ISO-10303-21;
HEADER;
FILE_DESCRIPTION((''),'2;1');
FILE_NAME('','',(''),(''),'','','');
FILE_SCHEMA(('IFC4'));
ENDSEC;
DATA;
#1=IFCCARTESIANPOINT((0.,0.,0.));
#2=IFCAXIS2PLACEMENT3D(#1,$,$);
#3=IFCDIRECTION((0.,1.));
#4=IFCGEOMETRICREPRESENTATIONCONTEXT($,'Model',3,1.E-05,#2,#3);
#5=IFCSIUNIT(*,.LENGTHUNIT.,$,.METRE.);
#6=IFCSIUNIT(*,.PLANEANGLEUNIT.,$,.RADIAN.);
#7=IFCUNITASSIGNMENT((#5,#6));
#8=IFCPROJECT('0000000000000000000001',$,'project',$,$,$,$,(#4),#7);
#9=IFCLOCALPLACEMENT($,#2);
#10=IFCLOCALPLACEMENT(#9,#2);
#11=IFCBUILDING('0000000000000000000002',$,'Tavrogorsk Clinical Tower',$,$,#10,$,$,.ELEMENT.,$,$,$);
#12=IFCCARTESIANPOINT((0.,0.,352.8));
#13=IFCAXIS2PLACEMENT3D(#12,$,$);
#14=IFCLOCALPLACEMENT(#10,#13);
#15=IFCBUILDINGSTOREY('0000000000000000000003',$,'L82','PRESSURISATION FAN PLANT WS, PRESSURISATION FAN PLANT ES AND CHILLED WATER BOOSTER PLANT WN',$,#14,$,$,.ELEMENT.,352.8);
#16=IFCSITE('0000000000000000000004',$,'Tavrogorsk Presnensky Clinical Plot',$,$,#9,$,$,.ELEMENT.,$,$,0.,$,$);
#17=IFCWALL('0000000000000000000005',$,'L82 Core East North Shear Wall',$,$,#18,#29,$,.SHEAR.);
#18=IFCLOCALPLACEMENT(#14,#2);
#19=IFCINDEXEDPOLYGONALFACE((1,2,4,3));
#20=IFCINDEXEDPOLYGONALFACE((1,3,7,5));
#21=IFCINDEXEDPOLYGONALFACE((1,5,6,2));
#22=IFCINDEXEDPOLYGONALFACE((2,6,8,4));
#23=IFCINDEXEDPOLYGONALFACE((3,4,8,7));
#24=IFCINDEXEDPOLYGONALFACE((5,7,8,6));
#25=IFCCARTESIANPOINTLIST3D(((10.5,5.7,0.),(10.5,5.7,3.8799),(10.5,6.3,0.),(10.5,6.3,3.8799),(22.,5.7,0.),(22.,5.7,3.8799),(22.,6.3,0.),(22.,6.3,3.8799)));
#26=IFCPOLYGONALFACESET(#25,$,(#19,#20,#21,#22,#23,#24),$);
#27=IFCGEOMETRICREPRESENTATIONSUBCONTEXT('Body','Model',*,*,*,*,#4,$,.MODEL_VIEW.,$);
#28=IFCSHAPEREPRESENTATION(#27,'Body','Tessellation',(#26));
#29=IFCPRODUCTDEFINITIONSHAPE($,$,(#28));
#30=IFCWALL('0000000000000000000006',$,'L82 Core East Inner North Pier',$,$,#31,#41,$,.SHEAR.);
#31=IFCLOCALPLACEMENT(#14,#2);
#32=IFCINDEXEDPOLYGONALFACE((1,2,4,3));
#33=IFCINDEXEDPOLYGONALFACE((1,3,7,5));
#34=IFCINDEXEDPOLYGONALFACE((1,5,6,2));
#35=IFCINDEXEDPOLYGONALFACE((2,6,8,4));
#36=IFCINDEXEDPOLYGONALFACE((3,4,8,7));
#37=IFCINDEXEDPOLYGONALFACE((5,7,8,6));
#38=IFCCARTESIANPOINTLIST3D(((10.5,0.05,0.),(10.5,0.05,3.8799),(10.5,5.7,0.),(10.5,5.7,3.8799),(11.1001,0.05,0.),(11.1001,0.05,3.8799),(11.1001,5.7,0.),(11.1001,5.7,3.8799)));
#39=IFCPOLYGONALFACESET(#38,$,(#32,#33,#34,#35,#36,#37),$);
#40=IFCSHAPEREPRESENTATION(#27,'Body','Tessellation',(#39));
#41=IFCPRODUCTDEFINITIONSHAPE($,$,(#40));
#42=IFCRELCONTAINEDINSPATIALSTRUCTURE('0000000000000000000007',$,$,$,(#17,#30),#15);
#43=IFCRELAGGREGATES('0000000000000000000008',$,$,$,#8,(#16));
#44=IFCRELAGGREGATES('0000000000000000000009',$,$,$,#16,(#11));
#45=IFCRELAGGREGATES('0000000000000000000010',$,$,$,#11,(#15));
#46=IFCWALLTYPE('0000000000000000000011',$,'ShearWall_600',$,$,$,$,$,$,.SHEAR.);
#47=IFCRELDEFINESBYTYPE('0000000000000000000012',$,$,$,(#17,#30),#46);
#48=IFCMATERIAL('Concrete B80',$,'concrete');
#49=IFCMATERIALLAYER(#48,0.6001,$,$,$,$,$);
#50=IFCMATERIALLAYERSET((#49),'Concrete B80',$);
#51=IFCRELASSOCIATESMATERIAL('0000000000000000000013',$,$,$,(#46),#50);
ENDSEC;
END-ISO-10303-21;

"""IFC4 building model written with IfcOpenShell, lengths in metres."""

from ifc_helpers import new_model, si_unit, direction, frame, frame_2d, origin, place, context, subcontext, project, spatial, rectangle, extrude, material, layer, layer_set, type_object, element, save


model = new_model("IFC4")

# Units and contexts
model_context = context("Model", 3, precision=1e-05, world=origin(), true_north=direction((0.0, 1.0)))
body_context = subcontext(model_context, "Body", "Model", "MODEL_VIEW")
ifc_project = project(units=[si_unit("LENGTHUNIT", "METRE"), si_unit("PLANEANGLEUNIT", "RADIAN")], contexts=[model_context])

# Site, building, storey
site_placement = place(None, origin())
site = spatial("IfcSite", under=ifc_project, at=site_placement, Name="Tavrogorsk Presnensky Clinical Plot", CompositionType="ELEMENT", RefElevation=0.0)
building_placement = place(site_placement, origin())
building = spatial("IfcBuilding", under=site, at=building_placement, Name="Tavrogorsk Clinical Tower", CompositionType="ELEMENT")
storey_placement = place(building_placement, frame((0.0, 0.0, 352.8)))
storey = spatial("IfcBuildingStorey", under=building, at=storey_placement, Name="L82", Description="PRESSURISATION FAN PLANT WS, PRESSURISATION FAN PLANT ES AND CHILLED WATER BOOSTER PLANT WN", CompositionType="ELEMENT", Elevation=352.8)

# Walls
ifc_material_1 = material(Name="Concrete B80", Category="concrete")
ifc_layer_1 = layer(ifc_material_1, 0.6001)
ifc_layer_set_1 = layer_set([ifc_layer_1], Name="Concrete B80")
wall_type_1 = type_object("IfcWallType", Name="ShearWall_600", PredefinedType="SHEAR", material=ifc_layer_set_1)
wall_1_placement = place(storey_placement, frame((10.5, 6.0, 0.0), z_axis=(0.0, 0.0, 1.0), x_axis=(1.0, 0.0, 0.0)))
element("IfcWall", 1, at=wall_1_placement, inside=storey, type_object=wall_type_1, Name="L82 Core East North Shear Wall", PredefinedType="SHEAR", context=body_context, shape_type="SweptSolid", body=[
    extrude(rectangle(XDim=11.5, YDim=0.6001, at=frame_2d((5.75, 0.0))), origin(), (0.0, 0.0, 1.0), 3.8799),
])
wall_2_placement = place(storey_placement, frame((10.8, 0.05, 0.0), z_axis=(0.0, 0.0, 1.0), x_axis=(0.0, 1.0, 0.0)))
element("IfcWall", 2, at=wall_2_placement, inside=storey, type_object=wall_type_1, Name="L82 Core East Inner North Pier", PredefinedType="SHEAR", context=body_context, shape_type="SweptSolid", body=[
    extrude(rectangle(XDim=5.6499, YDim=0.6001, at=frame_2d((2.825, 0.0))), origin(), (0.0, 0.0, 1.0), 3.8799),
])

save(model, "model.ifc")
